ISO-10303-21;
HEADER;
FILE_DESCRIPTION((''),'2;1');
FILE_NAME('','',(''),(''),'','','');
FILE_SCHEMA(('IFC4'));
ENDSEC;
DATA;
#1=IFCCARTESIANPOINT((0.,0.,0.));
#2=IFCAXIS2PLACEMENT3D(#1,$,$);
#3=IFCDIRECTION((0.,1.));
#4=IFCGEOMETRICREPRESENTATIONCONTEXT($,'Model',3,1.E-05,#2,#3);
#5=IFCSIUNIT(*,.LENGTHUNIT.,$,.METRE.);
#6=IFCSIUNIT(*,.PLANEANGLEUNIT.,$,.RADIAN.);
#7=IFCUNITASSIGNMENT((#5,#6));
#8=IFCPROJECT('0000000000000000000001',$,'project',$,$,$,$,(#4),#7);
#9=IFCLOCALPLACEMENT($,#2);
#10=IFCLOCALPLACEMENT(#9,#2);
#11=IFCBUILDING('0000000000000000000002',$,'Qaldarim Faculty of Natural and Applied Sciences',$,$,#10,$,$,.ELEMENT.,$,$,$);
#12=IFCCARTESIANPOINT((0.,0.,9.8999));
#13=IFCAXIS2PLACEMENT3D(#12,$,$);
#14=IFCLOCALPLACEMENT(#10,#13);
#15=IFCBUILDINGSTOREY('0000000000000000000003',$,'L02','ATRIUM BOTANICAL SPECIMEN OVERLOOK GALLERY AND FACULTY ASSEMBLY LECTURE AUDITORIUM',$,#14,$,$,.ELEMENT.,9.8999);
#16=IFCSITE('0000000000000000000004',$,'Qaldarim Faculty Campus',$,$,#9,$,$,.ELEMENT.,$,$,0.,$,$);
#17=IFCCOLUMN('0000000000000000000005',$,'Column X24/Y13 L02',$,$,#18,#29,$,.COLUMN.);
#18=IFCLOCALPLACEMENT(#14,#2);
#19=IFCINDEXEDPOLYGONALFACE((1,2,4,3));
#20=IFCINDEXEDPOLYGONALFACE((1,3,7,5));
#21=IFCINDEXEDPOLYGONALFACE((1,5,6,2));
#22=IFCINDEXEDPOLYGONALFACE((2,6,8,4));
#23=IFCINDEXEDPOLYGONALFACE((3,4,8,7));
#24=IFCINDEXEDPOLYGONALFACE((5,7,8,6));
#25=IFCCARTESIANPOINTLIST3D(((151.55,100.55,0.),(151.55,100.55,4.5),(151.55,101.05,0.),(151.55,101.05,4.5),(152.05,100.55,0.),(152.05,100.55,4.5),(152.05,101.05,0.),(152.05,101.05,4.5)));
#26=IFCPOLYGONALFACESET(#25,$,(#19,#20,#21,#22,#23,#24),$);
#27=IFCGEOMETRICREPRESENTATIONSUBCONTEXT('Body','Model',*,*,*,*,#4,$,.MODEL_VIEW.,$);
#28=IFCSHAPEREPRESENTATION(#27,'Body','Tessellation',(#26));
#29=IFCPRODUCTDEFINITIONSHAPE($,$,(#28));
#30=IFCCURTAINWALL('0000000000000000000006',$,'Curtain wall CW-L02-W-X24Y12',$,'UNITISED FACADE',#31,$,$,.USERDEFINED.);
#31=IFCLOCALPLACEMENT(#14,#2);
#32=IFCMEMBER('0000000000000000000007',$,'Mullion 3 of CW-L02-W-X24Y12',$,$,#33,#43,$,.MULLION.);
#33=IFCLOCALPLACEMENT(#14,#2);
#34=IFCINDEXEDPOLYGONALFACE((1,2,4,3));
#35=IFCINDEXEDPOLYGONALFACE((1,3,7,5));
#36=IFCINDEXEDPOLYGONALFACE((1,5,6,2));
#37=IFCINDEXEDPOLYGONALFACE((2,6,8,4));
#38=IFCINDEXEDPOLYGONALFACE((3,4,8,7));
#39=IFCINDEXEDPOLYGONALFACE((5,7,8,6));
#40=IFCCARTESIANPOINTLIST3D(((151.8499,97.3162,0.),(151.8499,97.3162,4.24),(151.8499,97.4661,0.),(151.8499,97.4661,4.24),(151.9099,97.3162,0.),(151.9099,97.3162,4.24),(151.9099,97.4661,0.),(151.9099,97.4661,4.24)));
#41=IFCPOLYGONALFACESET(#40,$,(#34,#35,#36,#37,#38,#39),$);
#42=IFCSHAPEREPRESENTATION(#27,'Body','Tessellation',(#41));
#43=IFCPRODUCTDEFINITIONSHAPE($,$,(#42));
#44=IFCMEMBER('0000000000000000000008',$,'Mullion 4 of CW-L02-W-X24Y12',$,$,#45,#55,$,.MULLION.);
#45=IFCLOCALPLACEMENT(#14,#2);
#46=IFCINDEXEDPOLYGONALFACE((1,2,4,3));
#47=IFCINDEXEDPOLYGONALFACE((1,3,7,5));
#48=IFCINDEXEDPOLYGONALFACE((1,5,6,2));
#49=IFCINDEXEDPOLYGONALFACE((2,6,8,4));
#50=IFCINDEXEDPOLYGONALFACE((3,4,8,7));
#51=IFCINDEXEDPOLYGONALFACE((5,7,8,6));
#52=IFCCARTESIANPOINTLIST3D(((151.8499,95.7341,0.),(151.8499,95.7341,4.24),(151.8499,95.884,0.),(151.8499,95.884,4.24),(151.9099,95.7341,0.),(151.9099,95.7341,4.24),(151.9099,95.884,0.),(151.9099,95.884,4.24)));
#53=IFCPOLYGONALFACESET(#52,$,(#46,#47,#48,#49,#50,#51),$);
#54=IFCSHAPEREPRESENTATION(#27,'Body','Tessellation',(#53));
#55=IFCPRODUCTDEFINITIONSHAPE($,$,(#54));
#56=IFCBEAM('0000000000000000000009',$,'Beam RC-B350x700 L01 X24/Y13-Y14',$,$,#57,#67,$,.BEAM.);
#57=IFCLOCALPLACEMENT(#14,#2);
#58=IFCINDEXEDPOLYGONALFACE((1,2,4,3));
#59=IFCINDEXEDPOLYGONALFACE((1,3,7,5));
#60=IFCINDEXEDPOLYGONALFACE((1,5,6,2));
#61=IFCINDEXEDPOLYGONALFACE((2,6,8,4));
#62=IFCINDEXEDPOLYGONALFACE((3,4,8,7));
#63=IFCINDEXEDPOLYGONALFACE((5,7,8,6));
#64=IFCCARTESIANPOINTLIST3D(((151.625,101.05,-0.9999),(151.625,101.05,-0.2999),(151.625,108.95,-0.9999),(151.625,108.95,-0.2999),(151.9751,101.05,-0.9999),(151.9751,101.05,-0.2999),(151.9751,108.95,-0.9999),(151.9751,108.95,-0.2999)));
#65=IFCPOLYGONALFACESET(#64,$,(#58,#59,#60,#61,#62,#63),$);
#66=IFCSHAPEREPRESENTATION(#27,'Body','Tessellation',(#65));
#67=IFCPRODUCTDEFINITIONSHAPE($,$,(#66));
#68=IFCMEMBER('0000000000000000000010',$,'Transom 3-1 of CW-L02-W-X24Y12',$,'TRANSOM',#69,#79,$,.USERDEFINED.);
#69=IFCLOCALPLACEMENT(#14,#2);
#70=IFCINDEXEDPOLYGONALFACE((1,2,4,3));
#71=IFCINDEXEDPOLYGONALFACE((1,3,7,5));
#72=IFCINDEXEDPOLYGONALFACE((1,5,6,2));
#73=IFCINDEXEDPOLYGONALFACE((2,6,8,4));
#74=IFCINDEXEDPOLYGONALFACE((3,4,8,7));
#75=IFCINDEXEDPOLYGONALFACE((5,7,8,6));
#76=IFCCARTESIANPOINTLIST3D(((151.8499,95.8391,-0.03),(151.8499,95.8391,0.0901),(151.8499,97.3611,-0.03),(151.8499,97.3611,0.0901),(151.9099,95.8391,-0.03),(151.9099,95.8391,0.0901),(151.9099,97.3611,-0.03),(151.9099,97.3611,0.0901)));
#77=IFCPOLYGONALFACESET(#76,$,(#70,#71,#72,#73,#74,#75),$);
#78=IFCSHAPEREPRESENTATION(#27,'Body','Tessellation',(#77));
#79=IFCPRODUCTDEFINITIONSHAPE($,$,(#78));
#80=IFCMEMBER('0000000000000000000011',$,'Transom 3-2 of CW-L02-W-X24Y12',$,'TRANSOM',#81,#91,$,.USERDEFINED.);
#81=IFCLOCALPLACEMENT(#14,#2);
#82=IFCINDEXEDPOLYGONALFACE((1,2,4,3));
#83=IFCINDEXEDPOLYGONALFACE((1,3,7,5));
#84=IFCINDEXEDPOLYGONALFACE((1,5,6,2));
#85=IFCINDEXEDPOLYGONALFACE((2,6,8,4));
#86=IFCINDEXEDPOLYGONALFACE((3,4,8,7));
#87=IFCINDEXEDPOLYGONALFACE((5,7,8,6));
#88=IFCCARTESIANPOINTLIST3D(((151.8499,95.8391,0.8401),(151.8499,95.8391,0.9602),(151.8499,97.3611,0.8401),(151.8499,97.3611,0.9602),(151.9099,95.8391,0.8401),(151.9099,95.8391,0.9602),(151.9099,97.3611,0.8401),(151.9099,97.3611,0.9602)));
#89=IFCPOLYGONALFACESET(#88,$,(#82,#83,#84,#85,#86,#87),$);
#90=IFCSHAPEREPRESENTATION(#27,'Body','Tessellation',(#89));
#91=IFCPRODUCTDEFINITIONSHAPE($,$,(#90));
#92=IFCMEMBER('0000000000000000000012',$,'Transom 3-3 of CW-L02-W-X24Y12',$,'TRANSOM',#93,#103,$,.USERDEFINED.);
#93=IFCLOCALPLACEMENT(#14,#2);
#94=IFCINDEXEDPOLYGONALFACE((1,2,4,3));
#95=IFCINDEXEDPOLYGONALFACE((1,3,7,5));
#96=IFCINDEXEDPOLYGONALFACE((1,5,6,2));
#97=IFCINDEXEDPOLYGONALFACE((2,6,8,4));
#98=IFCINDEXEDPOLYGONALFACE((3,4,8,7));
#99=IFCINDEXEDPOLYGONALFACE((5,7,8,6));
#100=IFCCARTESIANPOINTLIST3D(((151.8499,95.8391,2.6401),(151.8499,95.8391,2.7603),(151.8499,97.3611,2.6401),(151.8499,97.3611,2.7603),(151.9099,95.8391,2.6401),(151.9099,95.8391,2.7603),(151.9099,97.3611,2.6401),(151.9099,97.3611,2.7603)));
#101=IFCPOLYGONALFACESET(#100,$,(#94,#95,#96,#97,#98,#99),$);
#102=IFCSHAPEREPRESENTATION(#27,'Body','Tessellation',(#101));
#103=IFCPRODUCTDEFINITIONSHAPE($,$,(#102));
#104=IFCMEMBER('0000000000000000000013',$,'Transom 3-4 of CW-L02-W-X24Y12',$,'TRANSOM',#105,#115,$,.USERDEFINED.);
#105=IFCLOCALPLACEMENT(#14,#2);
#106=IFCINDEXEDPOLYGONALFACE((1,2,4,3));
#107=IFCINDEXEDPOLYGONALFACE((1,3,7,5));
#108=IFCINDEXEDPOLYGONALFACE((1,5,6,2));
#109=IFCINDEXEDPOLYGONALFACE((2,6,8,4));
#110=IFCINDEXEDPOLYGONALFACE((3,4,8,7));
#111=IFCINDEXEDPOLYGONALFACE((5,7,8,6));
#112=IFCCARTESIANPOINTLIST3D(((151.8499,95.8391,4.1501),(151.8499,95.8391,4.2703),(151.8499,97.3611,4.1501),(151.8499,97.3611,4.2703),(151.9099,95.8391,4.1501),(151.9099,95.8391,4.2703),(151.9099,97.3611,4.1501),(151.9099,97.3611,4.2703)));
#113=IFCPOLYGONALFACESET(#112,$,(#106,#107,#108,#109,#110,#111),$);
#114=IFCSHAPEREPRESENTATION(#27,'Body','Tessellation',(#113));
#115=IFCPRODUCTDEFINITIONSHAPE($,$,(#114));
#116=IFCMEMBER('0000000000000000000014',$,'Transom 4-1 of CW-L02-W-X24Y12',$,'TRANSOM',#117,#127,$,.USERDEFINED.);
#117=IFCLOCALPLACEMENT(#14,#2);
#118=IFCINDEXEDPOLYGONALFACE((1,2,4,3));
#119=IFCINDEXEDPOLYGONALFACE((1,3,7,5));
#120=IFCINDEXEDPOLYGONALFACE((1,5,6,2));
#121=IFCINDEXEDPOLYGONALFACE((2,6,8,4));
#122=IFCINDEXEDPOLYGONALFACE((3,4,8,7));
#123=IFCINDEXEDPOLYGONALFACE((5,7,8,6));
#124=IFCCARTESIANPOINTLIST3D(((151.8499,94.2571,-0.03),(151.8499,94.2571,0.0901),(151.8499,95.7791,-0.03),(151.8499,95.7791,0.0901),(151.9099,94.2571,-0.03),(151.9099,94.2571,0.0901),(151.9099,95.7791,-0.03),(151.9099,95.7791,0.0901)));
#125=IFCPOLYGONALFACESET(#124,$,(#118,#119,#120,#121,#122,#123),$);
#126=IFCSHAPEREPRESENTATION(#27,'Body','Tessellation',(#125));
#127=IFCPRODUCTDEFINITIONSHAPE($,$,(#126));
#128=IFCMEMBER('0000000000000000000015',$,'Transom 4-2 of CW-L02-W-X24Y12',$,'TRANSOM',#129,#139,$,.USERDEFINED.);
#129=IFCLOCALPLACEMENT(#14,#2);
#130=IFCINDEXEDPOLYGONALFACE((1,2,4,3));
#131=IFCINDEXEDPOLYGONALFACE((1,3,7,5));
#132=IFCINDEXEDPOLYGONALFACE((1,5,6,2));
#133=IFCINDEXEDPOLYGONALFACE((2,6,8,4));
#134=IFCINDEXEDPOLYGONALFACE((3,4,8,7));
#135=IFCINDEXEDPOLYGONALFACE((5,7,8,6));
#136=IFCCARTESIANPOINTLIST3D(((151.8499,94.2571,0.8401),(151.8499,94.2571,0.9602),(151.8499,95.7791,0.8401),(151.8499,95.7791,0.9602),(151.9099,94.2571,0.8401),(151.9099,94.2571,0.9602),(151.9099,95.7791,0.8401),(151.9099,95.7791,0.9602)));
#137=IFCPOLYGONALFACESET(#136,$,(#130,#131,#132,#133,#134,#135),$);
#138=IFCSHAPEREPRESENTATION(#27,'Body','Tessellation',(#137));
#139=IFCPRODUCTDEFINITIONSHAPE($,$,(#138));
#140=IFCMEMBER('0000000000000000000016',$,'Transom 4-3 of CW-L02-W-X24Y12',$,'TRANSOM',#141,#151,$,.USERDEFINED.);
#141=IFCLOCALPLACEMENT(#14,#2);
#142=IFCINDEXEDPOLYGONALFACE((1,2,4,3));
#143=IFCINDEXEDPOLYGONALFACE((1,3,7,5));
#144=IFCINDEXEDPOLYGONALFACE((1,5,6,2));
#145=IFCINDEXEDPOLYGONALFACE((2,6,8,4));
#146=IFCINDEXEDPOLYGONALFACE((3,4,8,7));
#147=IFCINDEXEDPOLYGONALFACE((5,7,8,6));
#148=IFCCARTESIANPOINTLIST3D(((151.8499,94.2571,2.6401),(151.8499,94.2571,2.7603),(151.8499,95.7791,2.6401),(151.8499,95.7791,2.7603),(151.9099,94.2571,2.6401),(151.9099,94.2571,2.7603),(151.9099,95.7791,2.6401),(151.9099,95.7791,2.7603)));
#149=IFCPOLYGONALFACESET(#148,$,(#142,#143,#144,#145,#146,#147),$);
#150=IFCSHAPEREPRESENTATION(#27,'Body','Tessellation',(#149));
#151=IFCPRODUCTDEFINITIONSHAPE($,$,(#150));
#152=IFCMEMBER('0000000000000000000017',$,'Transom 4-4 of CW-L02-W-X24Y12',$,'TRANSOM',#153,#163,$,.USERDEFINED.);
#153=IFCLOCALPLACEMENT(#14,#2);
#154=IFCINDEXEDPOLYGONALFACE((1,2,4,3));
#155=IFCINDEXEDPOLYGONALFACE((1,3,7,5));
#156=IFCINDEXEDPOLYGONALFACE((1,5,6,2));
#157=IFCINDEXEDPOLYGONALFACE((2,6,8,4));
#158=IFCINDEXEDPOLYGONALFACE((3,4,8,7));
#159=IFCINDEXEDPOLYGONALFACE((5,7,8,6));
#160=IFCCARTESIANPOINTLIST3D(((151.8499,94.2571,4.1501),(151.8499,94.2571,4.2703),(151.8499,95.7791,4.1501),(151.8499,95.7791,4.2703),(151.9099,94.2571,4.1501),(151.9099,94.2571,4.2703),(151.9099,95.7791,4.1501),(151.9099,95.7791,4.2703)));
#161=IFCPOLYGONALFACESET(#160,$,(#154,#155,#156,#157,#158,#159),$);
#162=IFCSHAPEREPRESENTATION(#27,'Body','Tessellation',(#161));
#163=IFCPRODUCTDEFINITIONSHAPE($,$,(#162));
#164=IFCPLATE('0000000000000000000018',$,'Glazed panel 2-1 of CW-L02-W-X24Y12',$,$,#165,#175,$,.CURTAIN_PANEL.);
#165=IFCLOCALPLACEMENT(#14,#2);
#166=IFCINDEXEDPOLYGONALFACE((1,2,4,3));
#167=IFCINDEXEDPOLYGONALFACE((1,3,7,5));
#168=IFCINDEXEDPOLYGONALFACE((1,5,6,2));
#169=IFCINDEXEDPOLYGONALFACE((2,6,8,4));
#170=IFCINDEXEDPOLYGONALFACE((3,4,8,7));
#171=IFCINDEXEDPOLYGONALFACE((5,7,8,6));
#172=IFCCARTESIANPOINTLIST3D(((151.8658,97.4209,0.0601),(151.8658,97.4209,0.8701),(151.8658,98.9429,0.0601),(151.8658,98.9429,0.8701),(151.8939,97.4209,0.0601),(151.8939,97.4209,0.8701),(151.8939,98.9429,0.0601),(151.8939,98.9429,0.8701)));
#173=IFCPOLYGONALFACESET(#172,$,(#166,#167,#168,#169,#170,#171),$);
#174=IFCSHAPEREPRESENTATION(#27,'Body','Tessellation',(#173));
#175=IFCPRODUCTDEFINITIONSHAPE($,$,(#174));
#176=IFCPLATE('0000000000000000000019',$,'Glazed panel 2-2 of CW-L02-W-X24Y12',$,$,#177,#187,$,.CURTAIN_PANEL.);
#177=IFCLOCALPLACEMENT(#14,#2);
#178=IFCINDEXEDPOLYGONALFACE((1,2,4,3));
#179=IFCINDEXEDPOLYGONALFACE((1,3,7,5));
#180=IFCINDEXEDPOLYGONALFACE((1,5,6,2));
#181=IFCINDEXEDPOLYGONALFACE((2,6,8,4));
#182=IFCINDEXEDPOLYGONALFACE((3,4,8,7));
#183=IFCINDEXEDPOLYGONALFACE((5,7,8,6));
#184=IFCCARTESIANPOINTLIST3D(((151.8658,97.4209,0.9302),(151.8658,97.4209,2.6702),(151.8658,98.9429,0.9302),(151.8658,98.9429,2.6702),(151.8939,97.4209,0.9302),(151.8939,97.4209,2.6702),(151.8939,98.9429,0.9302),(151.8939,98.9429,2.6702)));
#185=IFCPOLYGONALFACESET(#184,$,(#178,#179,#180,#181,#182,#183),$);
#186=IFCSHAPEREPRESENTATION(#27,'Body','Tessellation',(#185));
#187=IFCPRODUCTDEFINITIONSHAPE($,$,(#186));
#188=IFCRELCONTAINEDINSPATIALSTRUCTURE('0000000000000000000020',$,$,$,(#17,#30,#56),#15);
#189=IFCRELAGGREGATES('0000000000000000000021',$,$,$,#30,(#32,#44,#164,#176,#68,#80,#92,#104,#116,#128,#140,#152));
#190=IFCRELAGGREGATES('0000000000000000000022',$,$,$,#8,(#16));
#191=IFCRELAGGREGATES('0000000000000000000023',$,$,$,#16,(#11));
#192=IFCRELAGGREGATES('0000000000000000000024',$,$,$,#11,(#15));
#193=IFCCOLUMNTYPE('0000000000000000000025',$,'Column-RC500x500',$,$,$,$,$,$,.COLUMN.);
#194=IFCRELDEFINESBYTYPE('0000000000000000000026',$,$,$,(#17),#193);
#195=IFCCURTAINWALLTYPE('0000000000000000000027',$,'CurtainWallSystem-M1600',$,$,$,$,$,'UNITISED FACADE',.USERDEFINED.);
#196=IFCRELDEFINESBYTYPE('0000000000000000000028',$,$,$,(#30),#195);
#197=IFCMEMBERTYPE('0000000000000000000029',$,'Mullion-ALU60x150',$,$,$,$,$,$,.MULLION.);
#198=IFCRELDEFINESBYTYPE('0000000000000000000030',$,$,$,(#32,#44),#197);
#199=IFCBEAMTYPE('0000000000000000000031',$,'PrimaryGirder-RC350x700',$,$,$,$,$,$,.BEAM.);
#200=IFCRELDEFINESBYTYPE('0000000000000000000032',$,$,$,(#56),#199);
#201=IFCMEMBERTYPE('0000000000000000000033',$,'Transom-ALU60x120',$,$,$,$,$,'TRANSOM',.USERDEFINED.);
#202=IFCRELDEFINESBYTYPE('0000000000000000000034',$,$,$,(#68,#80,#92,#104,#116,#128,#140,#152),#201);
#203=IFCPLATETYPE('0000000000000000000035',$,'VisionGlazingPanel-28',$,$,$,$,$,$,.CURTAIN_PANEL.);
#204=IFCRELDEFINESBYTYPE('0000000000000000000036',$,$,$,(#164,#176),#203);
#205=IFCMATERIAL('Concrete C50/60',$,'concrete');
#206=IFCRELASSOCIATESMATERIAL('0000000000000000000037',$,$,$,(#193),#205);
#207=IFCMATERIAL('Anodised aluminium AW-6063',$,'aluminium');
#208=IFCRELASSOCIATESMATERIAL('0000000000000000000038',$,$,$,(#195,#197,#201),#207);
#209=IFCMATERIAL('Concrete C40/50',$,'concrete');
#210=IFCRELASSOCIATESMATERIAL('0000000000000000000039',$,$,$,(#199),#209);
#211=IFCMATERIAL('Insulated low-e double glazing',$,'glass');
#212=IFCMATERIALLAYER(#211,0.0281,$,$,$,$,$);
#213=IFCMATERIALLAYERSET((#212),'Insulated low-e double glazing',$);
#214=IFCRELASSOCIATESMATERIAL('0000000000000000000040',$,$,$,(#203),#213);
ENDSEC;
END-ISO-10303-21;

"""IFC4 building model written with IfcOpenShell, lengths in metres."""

from ifc_helpers import new_model, si_unit, direction, frame, origin, origin_2d, place, context, subcontext, project, spatial, rectangle, extrude, material, layer, layer_set, material_profile, profile_set, type_object, element, aggregate, save


model = new_model("IFC4")

# Units and contexts
model_context = context("Model", 3, precision=1e-05, world=origin(), true_north=direction((0.0, 1.0)))
body_context = subcontext(model_context, "Body", "Model", "MODEL_VIEW")
ifc_project = project(units=[si_unit("LENGTHUNIT", "METRE"), si_unit("PLANEANGLEUNIT", "RADIAN")], contexts=[model_context])

# Site, building, storey
site_placement = place(None, origin())
site = spatial("IfcSite", under=ifc_project, at=site_placement, Name="Qaldarim Faculty Campus", CompositionType="ELEMENT", RefElevation=0.0)
building_placement = place(site_placement, origin())
building = spatial("IfcBuilding", under=site, at=building_placement, Name="Qaldarim Faculty of Natural and Applied Sciences", CompositionType="ELEMENT")
storey_placement = place(building_placement, frame((0.0, 0.0, 9.8999)))
storey = spatial("IfcBuildingStorey", under=building, at=storey_placement, Name="L02", Description="ATRIUM BOTANICAL SPECIMEN OVERLOOK GALLERY AND FACULTY ASSEMBLY LECTURE AUDITORIUM", CompositionType="ELEMENT", Elevation=9.8999)

# Column
ifc_material_1 = material(Name="Concrete C50/60", Category="concrete")
ifc_material_profile_1 = material_profile(ifc_material_1, rectangle(XDim=0.5, YDim=0.5, at=origin_2d()), Name="RC-C500x500")
ifc_profile_set_1 = profile_set([ifc_material_profile_1], Name="Concrete C50/60")
column_type = type_object("IfcColumnType", Name="Column-RC500x500", PredefinedType="COLUMN", material=ifc_profile_set_1)
column_placement = place(storey_placement, frame((151.8, 100.8, 0.0), z_axis=(0.0, 0.0, 1.0), x_axis=(1.0, 0.0, 0.0)))
element("IfcColumn", 1, at=column_placement, inside=storey, type_object=column_type, Name="Column X24/Y13 L02", PredefinedType="COLUMN", context=body_context, shape_type="SweptSolid", body=[
    extrude(rectangle(XDim=0.5, YDim=0.5, at=origin_2d()), origin(), (0.0, 0.0, 1.0), 4.5),
])

# Curtain wall, members
ifc_material_2 = material(Name="Anodised aluminium AW-6063", Category="aluminium")
curtain_wall_type = type_object("IfcCurtainWallType", Name="CurtainWallSystem-M1600", ElementType="UNITISED FACADE", PredefinedType="USERDEFINED", material=ifc_material_2)
curtain_wall_placement = place(storey_placement, origin())
curtain_wall = element("IfcCurtainWall", 2, at=curtain_wall_placement, inside=storey, type_object=curtain_wall_type, Name="Curtain wall CW-L02-W-X24Y12", ObjectType="UNITISED FACADE", PredefinedType="USERDEFINED")
ifc_material_profile_2 = material_profile(ifc_material_2, rectangle(XDim=0.0601, YDim=0.1499, at=origin_2d()), Name="ALU-M60x150")
ifc_profile_set_2 = profile_set([ifc_material_profile_2], Name="Anodised aluminium AW-6063")
member_type_1 = type_object("IfcMemberType", Name="Mullion-ALU60x150", PredefinedType="MULLION", material=ifc_profile_set_2)
member_1_placement = place(storey_placement, frame((151.8799, 97.3911, 0.0), z_axis=(0.0, 0.0, 1.0), x_axis=(1.0, 0.0, 0.0)))
member_1 = element("IfcMember", 3, at=member_1_placement, type_object=member_type_1, Name="Mullion 3 of CW-L02-W-X24Y12", PredefinedType="MULLION", context=body_context, shape_type="SweptSolid", body=[
    extrude(rectangle(XDim=0.0601, YDim=0.1499, at=origin_2d()), origin(), (0.0, 0.0, 1.0), 4.24),
])
member_2_placement = place(storey_placement, frame((151.8799, 95.8091, 0.0), z_axis=(0.0, 0.0, 1.0), x_axis=(1.0, 0.0, 0.0)))
member_2 = element("IfcMember", 4, at=member_2_placement, type_object=member_type_1, Name="Mullion 4 of CW-L02-W-X24Y12", PredefinedType="MULLION", context=body_context, shape_type="SweptSolid", body=[
    extrude(rectangle(XDim=0.0601, YDim=0.1499, at=origin_2d()), origin(), (0.0, 0.0, 1.0), 4.24),
])

# Beam
ifc_material_3 = material(Name="Concrete C40/50", Category="concrete")
ifc_material_profile_3 = material_profile(ifc_material_3, rectangle(XDim=0.3501, YDim=0.7, at=origin_2d()), Name="RC-B350x700")
ifc_profile_set_3 = profile_set([ifc_material_profile_3], Name="Concrete C40/50")
beam_type = type_object("IfcBeamType", Name="PrimaryGirder-RC350x700", PredefinedType="BEAM", material=ifc_profile_set_3)
beam_placement = place(storey_placement, frame((151.8, 101.05, -0.6499), z_axis=(0.0, 1.0, 0.0), x_axis=(-1.0, 0.0, 0.0)))
element("IfcBeam", 5, at=beam_placement, inside=storey, type_object=beam_type, Name="Beam RC-B350x700 L01 X24/Y13-Y14", PredefinedType="BEAM", context=body_context, shape_type="SweptSolid", body=[
    extrude(rectangle(XDim=0.3501, YDim=0.7, at=origin_2d()), origin(), (0.0, 0.0, 1.0), 7.8999),
])

# Members
ifc_material_profile_4 = material_profile(ifc_material_2, rectangle(XDim=0.0601, YDim=0.1201, at=origin_2d()), Name="ALU-T60x120")
ifc_profile_set_4 = profile_set([ifc_material_profile_4], Name="Anodised aluminium AW-6063")
member_type_2 = type_object("IfcMemberType", Name="Transom-ALU60x120", ElementType="TRANSOM", PredefinedType="USERDEFINED", material=ifc_profile_set_4)
member_3_placement = place(storey_placement, frame((151.8799, 97.3611, 0.03), z_axis=(0.0, -1.0, 0.0), x_axis=(1.0, 0.0, 0.0)))
member_3 = element("IfcMember", 6, at=member_3_placement, type_object=member_type_2, Name="Transom 3-1 of CW-L02-W-X24Y12", ObjectType="TRANSOM", PredefinedType="USERDEFINED", context=body_context, shape_type="SweptSolid", body=[
    extrude(rectangle(XDim=0.0601, YDim=0.1201, at=origin_2d()), origin(), (0.0, 0.0, 1.0), 1.522),
])
member_4_placement = place(storey_placement, frame((151.8799, 97.3611, 0.9001), z_axis=(0.0, -1.0, 0.0), x_axis=(1.0, 0.0, 0.0)))
member_4 = element("IfcMember", 7, at=member_4_placement, type_object=member_type_2, Name="Transom 3-2 of CW-L02-W-X24Y12", ObjectType="TRANSOM", PredefinedType="USERDEFINED", context=body_context, shape_type="SweptSolid", body=[
    extrude(rectangle(XDim=0.0601, YDim=0.1201, at=origin_2d()), origin(), (0.0, 0.0, 1.0), 1.522),
])
member_5_placement = place(storey_placement, frame((151.8799, 97.3611, 2.7002), z_axis=(0.0, -1.0, 0.0), x_axis=(1.0, 0.0, 0.0)))
member_5 = element("IfcMember", 8, at=member_5_placement, type_object=member_type_2, Name="Transom 3-3 of CW-L02-W-X24Y12", ObjectType="TRANSOM", PredefinedType="USERDEFINED", context=body_context, shape_type="SweptSolid", body=[
    extrude(rectangle(XDim=0.0601, YDim=0.1201, at=origin_2d()), origin(), (0.0, 0.0, 1.0), 1.522),
])
member_6_placement = place(storey_placement, frame((151.8799, 97.3611, 4.2102), z_axis=(0.0, -1.0, 0.0), x_axis=(1.0, 0.0, 0.0)))
member_6 = element("IfcMember", 9, at=member_6_placement, type_object=member_type_2, Name="Transom 3-4 of CW-L02-W-X24Y12", ObjectType="TRANSOM", PredefinedType="USERDEFINED", context=body_context, shape_type="SweptSolid", body=[
    extrude(rectangle(XDim=0.0601, YDim=0.1201, at=origin_2d()), origin(), (0.0, 0.0, 1.0), 1.522),
])
member_7_placement = place(storey_placement, frame((151.8799, 95.7791, 0.03), z_axis=(0.0, -1.0, 0.0), x_axis=(1.0, 0.0, 0.0)))
member_7 = element("IfcMember", 10, at=member_7_placement, type_object=member_type_2, Name="Transom 4-1 of CW-L02-W-X24Y12", ObjectType="TRANSOM", PredefinedType="USERDEFINED", context=body_context, shape_type="SweptSolid", body=[
    extrude(rectangle(XDim=0.0601, YDim=0.1201, at=origin_2d()), origin(), (0.0, 0.0, 1.0), 1.522),
])
member_8_placement = place(storey_placement, frame((151.8799, 95.7791, 0.9001), z_axis=(0.0, -1.0, 0.0), x_axis=(1.0, 0.0, 0.0)))
member_8 = element("IfcMember", 11, at=member_8_placement, type_object=member_type_2, Name="Transom 4-2 of CW-L02-W-X24Y12", ObjectType="TRANSOM", PredefinedType="USERDEFINED", context=body_context, shape_type="SweptSolid", body=[
    extrude(rectangle(XDim=0.0601, YDim=0.1201, at=origin_2d()), origin(), (0.0, 0.0, 1.0), 1.522),
])
member_9_placement = place(storey_placement, frame((151.8799, 95.7791, 2.7002), z_axis=(0.0, -1.0, 0.0), x_axis=(1.0, 0.0, 0.0)))
member_9 = element("IfcMember", 12, at=member_9_placement, type_object=member_type_2, Name="Transom 4-3 of CW-L02-W-X24Y12", ObjectType="TRANSOM", PredefinedType="USERDEFINED", context=body_context, shape_type="SweptSolid", body=[
    extrude(rectangle(XDim=0.0601, YDim=0.1201, at=origin_2d()), origin(), (0.0, 0.0, 1.0), 1.522),
])
member_10_placement = place(storey_placement, frame((151.8799, 95.7791, 4.2102), z_axis=(0.0, -1.0, 0.0), x_axis=(1.0, 0.0, 0.0)))
member_10 = element("IfcMember", 13, at=member_10_placement, type_object=member_type_2, Name="Transom 4-4 of CW-L02-W-X24Y12", ObjectType="TRANSOM", PredefinedType="USERDEFINED", context=body_context, shape_type="SweptSolid", body=[
    extrude(rectangle(XDim=0.0601, YDim=0.1201, at=origin_2d()), origin(), (0.0, 0.0, 1.0), 1.522),
])

# Plates
ifc_material_4 = material(Name="Insulated low-e double glazing", Category="glass")
ifc_layer_1 = layer(ifc_material_4, 0.0281)
ifc_layer_set_1 = layer_set([ifc_layer_1], Name="Insulated low-e double glazing")
plate_type = type_object("IfcPlateType", Name="VisionGlazingPanel-28", PredefinedType="CURTAIN_PANEL", material=ifc_layer_set_1)
plate_1_placement = place(storey_placement, frame((151.8799, 98.1819, 0.0601), z_axis=(0.0, 0.0, 1.0), x_axis=(0.0, -1.0, 0.0)))
plate_1 = element("IfcPlate", 14, at=plate_1_placement, type_object=plate_type, Name="Glazed panel 2-1 of CW-L02-W-X24Y12", PredefinedType="CURTAIN_PANEL", context=body_context, shape_type="SweptSolid", body=[
    extrude(rectangle(XDim=1.522, YDim=0.0281, at=origin_2d()), origin(), (0.0, 0.0, 1.0), 0.8101),
])
plate_2_placement = place(storey_placement, frame((151.8799, 98.1819, 0.9302), z_axis=(0.0, 0.0, 1.0), x_axis=(0.0, -1.0, 0.0)))
plate_2 = element("IfcPlate", 15, at=plate_2_placement, type_object=plate_type, Name="Glazed panel 2-2 of CW-L02-W-X24Y12", PredefinedType="CURTAIN_PANEL", context=body_context, shape_type="SweptSolid", body=[
    extrude(rectangle(XDim=1.522, YDim=0.0281, at=origin_2d()), origin(), (0.0, 0.0, 1.0), 1.74),
])
aggregate(curtain_wall, [member_1, member_2, plate_1, plate_2, member_3, member_4, member_5, member_6, member_7, member_8, member_9, member_10])

save(model, "model.ifc")
